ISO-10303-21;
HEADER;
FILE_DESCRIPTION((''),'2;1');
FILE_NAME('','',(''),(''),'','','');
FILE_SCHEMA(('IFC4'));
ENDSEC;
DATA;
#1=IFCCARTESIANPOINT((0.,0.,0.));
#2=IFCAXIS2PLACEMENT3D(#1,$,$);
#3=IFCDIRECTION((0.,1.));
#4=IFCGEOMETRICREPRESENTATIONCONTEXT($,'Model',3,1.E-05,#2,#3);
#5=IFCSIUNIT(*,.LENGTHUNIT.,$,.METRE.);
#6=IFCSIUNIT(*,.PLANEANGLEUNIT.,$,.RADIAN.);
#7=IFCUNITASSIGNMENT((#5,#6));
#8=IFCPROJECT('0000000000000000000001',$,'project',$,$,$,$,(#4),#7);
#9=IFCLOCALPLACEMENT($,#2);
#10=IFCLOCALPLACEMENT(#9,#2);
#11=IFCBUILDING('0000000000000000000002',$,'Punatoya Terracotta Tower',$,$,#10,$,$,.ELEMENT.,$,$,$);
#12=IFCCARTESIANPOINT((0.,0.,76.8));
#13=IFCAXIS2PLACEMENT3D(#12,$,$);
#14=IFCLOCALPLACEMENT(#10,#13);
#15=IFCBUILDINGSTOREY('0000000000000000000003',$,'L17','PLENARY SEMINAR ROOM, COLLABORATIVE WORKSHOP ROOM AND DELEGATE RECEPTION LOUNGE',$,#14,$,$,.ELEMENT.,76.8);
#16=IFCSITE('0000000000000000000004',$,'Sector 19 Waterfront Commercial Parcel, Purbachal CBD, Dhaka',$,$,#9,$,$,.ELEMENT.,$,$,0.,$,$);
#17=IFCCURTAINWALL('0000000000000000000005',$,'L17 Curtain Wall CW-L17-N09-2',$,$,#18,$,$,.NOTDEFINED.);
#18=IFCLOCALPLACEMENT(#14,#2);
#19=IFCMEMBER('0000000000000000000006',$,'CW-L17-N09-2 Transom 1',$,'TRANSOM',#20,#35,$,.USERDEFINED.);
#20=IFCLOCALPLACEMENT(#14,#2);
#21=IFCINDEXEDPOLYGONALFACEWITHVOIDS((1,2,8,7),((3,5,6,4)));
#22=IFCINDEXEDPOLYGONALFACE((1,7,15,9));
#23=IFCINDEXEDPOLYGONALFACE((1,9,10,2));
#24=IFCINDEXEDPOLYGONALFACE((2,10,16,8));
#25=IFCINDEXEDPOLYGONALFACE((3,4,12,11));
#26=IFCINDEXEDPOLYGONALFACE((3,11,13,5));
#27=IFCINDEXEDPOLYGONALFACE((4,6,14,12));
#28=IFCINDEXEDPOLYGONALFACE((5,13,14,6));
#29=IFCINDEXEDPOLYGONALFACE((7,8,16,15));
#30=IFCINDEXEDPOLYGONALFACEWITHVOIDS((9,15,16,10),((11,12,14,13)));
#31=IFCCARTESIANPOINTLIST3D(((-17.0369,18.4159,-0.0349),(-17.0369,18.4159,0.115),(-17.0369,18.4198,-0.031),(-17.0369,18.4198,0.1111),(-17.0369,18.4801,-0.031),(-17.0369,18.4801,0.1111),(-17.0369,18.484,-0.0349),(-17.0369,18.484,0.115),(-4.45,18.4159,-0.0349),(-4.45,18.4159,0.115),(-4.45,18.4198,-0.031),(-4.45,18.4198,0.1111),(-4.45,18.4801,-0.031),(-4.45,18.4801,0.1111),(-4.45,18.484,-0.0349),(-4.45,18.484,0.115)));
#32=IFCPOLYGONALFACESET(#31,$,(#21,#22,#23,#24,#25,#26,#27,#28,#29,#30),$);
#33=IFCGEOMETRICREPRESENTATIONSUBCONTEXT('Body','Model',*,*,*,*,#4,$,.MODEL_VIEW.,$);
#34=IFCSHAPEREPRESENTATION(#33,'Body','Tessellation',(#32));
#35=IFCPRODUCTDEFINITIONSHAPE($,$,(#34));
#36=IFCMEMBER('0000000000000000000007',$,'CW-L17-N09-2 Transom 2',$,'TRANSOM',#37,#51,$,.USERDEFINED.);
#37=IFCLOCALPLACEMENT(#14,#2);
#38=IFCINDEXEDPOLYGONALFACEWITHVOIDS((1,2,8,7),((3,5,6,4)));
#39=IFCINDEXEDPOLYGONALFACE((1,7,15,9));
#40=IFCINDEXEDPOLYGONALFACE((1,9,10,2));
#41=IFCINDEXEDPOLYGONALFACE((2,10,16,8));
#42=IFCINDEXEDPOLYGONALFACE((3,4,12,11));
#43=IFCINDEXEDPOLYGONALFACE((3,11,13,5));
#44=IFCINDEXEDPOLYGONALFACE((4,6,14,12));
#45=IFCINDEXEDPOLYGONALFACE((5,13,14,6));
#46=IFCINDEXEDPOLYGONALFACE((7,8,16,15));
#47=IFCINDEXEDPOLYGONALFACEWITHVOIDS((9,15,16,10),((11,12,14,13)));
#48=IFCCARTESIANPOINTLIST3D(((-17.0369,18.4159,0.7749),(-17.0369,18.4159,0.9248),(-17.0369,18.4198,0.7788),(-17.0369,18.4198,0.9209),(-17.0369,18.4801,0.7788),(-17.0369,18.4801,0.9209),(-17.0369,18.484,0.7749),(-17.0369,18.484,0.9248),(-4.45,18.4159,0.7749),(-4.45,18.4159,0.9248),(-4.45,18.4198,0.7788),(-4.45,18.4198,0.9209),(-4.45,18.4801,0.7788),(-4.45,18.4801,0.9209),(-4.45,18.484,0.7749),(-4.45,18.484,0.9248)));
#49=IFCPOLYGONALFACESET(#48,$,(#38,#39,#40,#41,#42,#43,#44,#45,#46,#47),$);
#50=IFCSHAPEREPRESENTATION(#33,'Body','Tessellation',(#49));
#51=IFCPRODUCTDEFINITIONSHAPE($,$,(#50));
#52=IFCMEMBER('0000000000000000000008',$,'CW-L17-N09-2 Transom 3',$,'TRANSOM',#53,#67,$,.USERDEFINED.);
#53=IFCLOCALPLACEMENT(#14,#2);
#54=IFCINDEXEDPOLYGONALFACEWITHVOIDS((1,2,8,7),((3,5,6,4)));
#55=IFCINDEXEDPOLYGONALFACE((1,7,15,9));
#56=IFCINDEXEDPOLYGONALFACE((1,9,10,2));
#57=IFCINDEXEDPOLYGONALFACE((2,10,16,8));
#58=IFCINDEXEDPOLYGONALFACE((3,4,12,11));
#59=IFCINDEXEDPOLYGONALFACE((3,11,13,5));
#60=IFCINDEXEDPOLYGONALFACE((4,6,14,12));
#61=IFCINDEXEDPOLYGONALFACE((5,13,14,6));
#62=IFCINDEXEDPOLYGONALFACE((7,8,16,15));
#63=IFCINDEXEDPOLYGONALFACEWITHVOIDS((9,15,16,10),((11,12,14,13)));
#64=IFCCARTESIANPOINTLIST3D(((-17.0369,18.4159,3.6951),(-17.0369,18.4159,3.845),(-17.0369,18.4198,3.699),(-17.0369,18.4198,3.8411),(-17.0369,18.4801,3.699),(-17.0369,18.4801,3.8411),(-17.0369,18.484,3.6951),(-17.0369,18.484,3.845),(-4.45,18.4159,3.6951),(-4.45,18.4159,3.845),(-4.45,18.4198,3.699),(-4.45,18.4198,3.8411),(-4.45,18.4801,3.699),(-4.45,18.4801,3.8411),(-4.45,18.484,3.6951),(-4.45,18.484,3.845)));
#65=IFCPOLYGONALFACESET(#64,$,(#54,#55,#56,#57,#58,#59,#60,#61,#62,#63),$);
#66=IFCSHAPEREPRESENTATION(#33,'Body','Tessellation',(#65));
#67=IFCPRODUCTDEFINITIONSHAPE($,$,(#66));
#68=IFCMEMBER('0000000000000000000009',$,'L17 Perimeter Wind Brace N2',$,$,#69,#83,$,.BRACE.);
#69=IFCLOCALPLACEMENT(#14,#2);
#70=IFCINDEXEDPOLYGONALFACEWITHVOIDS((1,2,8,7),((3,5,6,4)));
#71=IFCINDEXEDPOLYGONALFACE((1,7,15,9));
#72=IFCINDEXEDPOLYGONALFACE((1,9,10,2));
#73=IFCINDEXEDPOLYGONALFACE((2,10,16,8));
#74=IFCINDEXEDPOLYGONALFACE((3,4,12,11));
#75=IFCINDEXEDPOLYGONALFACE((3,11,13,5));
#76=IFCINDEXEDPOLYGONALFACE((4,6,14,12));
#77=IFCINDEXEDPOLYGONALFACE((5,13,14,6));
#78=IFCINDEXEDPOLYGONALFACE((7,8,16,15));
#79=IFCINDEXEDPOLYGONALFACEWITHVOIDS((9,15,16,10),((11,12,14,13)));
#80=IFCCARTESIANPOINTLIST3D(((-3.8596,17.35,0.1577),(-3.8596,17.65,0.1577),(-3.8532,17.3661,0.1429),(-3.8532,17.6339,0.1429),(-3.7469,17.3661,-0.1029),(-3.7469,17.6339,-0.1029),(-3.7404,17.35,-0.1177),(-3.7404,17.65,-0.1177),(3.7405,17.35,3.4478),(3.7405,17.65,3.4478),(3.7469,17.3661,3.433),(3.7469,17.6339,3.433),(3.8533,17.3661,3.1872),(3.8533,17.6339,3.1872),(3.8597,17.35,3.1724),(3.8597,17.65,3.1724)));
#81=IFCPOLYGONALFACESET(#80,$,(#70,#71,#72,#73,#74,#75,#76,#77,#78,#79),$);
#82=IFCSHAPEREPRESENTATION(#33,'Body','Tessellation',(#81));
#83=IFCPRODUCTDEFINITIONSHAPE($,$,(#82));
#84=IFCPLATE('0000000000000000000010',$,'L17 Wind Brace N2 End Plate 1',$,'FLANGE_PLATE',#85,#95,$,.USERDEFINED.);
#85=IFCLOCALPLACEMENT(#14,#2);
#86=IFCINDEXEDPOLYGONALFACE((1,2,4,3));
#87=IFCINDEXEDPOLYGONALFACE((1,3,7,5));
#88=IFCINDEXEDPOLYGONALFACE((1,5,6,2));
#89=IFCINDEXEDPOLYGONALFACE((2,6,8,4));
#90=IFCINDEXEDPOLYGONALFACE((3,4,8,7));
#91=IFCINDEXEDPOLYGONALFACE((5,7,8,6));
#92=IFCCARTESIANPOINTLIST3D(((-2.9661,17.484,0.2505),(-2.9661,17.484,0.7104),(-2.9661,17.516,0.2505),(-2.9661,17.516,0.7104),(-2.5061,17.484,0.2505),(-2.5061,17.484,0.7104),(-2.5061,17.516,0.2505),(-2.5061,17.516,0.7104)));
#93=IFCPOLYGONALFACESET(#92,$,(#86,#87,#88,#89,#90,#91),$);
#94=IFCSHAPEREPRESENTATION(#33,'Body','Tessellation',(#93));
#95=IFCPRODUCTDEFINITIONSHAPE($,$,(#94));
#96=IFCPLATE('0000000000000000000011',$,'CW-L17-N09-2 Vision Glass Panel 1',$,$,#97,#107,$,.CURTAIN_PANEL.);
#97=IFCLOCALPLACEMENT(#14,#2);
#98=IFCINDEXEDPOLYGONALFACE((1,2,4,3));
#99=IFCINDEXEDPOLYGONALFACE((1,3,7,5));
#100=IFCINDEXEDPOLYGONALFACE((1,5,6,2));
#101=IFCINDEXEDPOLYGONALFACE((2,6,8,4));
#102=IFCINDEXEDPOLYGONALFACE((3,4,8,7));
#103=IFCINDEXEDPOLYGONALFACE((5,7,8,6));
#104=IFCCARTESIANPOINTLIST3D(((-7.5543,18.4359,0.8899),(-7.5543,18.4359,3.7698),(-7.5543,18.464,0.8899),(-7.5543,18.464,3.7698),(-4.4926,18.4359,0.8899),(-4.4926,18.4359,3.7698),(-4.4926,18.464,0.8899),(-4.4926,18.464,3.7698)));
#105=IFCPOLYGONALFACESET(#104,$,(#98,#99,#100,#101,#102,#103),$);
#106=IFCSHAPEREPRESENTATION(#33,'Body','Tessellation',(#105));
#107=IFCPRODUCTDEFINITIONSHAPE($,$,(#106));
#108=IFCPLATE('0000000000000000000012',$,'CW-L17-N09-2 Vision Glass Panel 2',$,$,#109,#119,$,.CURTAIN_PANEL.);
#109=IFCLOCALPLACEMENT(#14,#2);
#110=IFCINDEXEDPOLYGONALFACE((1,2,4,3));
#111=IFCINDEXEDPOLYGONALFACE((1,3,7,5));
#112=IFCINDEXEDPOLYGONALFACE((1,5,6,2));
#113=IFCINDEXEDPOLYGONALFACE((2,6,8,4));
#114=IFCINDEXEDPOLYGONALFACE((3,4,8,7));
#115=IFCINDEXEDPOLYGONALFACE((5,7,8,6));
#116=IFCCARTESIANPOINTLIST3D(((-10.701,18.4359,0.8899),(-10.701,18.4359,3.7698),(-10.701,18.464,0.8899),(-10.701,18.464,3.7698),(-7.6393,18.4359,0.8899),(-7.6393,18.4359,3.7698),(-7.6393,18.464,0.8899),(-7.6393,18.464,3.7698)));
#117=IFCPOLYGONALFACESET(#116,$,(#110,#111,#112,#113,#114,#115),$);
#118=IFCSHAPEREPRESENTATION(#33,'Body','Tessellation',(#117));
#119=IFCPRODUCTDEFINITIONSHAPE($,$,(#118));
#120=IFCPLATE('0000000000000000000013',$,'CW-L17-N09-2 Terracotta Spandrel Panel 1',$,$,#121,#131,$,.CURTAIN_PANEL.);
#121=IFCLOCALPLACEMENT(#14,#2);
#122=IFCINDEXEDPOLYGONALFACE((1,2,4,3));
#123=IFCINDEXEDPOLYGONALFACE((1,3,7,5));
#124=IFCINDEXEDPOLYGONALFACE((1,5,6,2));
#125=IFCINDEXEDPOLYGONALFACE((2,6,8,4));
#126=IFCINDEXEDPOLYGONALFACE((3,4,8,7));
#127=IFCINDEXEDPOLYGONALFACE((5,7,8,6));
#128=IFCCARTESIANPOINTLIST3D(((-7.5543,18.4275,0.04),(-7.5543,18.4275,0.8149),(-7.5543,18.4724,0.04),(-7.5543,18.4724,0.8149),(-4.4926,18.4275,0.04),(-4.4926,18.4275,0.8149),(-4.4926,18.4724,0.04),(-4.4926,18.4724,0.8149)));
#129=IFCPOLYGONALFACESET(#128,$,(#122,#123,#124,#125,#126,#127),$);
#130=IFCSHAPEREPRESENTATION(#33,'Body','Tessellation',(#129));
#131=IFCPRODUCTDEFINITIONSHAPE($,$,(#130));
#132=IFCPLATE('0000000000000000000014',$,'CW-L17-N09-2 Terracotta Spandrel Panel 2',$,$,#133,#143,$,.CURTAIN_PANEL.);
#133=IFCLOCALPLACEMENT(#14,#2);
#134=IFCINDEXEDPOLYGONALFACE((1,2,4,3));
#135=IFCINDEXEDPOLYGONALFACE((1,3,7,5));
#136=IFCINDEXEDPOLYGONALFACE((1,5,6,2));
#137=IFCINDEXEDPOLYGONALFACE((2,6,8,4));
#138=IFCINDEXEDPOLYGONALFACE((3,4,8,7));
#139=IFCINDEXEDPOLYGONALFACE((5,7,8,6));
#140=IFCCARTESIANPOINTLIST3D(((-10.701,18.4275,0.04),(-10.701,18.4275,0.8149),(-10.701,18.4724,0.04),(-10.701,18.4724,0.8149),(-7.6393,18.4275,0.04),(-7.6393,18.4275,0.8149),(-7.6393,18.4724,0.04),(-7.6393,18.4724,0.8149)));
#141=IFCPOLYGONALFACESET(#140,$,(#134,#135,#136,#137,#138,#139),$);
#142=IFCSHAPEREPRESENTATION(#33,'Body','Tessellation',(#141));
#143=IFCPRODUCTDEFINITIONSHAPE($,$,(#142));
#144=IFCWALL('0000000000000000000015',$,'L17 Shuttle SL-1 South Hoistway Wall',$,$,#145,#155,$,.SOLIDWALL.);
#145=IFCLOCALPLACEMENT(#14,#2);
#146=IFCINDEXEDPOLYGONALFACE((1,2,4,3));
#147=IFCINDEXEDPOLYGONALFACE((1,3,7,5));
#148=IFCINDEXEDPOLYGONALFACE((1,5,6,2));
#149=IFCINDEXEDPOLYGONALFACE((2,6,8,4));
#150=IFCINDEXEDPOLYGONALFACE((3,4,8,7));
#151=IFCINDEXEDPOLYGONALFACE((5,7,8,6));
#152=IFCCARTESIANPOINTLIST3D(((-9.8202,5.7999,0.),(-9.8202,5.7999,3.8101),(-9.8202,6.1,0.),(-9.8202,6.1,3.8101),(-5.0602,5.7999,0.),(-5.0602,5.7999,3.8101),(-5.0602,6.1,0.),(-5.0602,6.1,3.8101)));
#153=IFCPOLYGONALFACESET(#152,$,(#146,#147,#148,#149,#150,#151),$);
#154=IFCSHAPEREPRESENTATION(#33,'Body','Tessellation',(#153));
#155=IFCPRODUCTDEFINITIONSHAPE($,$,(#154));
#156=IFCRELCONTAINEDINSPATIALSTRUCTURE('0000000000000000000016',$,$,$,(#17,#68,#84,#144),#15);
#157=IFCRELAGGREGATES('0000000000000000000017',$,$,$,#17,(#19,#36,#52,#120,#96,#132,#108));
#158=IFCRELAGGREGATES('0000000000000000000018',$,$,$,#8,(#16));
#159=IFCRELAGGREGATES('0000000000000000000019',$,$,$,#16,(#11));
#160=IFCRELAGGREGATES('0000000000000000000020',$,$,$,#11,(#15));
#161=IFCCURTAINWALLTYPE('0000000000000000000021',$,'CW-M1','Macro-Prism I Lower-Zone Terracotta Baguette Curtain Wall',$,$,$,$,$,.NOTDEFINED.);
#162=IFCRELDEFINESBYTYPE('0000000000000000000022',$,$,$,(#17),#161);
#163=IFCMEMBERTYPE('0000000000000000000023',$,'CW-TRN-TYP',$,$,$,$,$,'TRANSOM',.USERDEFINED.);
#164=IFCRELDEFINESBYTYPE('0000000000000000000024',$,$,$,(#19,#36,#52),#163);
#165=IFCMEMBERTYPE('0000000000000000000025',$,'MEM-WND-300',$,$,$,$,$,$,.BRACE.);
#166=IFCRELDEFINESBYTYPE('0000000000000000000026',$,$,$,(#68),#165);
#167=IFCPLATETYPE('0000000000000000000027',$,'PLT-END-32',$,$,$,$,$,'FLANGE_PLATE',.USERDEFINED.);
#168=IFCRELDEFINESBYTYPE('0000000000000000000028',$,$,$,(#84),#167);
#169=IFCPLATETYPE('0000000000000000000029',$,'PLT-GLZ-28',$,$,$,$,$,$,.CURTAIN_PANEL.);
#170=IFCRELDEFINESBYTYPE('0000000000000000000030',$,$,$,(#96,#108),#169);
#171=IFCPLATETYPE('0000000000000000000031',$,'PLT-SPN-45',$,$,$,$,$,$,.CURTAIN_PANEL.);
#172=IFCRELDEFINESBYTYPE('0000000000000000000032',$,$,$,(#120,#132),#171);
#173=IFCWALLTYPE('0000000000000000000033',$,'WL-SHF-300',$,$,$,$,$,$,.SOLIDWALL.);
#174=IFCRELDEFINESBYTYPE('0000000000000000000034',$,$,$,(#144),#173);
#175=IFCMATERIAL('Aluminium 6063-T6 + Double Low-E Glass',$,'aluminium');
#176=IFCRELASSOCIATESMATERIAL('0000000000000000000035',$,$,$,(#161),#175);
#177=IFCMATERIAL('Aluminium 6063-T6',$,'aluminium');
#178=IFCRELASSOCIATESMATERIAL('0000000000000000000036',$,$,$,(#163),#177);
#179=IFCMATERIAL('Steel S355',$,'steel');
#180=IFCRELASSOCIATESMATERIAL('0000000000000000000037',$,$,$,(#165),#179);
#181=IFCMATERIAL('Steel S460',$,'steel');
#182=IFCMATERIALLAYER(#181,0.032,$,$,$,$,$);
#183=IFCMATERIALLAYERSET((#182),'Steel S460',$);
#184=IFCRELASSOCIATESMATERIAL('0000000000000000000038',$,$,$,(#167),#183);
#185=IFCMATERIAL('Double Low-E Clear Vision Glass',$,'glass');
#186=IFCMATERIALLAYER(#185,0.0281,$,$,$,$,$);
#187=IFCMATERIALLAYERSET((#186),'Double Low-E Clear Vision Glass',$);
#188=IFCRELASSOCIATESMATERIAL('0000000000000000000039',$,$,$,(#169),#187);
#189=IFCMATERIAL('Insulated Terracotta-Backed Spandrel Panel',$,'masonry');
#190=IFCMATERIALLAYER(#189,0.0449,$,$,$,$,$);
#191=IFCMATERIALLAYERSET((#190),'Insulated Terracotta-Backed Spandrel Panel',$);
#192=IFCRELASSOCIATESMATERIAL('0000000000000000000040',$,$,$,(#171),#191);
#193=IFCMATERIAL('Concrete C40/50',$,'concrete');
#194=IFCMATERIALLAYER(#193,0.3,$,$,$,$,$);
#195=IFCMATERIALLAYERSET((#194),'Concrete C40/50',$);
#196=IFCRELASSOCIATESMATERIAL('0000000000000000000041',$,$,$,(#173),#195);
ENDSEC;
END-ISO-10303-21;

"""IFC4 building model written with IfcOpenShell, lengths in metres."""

from ifc_helpers import new_model, si_unit, direction, frame, frame_2d, origin, origin_2d, place, context, subcontext, project, spatial, rectangle, hollow_rectangle, extrude, material, layer, layer_set, material_profile, profile_set, type_object, element, aggregate, save


model = new_model("IFC4")

# Units and contexts
model_context = context("Model", 3, precision=1e-05, world=origin(), true_north=direction((0.0, 1.0)))
body_context = subcontext(model_context, "Body", "Model", "MODEL_VIEW")
ifc_project = project(units=[si_unit("LENGTHUNIT", "METRE"), si_unit("PLANEANGLEUNIT", "RADIAN")], contexts=[model_context])

# Site, building, storey
site_placement = place(None, origin())
site = spatial("IfcSite", under=ifc_project, at=site_placement, Name="Sector 19 Waterfront Commercial Parcel, Purbachal CBD, Dhaka", CompositionType="ELEMENT", RefElevation=0.0)
building_placement = place(site_placement, origin())
building = spatial("IfcBuilding", under=site, at=building_placement, Name="Punatoya Terracotta Tower", CompositionType="ELEMENT")
storey_placement = place(building_placement, frame((0.0, 0.0, 76.8)))
storey = spatial("IfcBuildingStorey", under=building, at=storey_placement, Name="L17", Description="PLENARY SEMINAR ROOM, COLLABORATIVE WORKSHOP ROOM AND DELEGATE RECEPTION LOUNGE", CompositionType="ELEMENT", Elevation=76.8)

# Shared definitions
ifc_material_1 = material(Name="Steel S460", Category="steel")

# Shared definitions
ifc_material_2 = material(Name="Steel S355", Category="steel")

# Curtain wall, members
ifc_material_3 = material(Name="Aluminium 6063-T6 + Double Low-E Glass", Category="aluminium")
curtain_wall_type = type_object("IfcCurtainWallType", Name="CW-M1", Description="Macro-Prism I Lower-Zone Terracotta Baguette Curtain Wall", PredefinedType="NOTDEFINED", material=ifc_material_3)
curtain_wall_placement = place(storey_placement, origin())
curtain_wall = element("IfcCurtainWall", 1, at=curtain_wall_placement, inside=storey, type_object=curtain_wall_type, Name="L17 Curtain Wall CW-L17-N09-2", PredefinedType="NOTDEFINED")
ifc_material_4 = material(Name="Aluminium 6063-T6", Category="aluminium")
ifc_material_profile_1 = material_profile(ifc_material_4, hollow_rectangle(XDim=0.0681, YDim=0.1499, WallThickness=0.0039, at=origin_2d()))
ifc_profile_set_1 = profile_set([ifc_material_profile_1], Name="Aluminium 6063-T6")
member_type_1 = type_object("IfcMemberType", Name="CW-TRN-TYP", ElementType="TRANSOM", PredefinedType="USERDEFINED", material=ifc_profile_set_1)
member_1_placement = place(storey_placement, frame((-4.45, 18.45, 0.04), z_axis=(-1.0, 0.0, 0.0), x_axis=(0.0, -1.0, 0.0)))
member_1 = element("IfcMember", 2, at=member_1_placement, type_object=member_type_1, Name="CW-L17-N09-2 Transom 1", ObjectType="TRANSOM", PredefinedType="USERDEFINED", context=body_context, shape_type="SweptSolid", body=[
    extrude(hollow_rectangle(XDim=0.0681, YDim=0.1499, WallThickness=0.0039, at=origin_2d()), origin(), (0.0, 0.0, 1.0), 12.5869),
])
member_2_placement = place(storey_placement, frame((-4.45, 18.45, 0.8499), z_axis=(-1.0, 0.0, 0.0), x_axis=(0.0, -1.0, 0.0)))
member_2 = element("IfcMember", 3, at=member_2_placement, type_object=member_type_1, Name="CW-L17-N09-2 Transom 2", ObjectType="TRANSOM", PredefinedType="USERDEFINED", context=body_context, shape_type="SweptSolid", body=[
    extrude(hollow_rectangle(XDim=0.0681, YDim=0.1499, WallThickness=0.0039, at=origin_2d()), origin(), (0.0, 0.0, 1.0), 12.5869),
])
member_3_placement = place(storey_placement, frame((-4.45, 18.45, 3.77), z_axis=(-1.0, 0.0, 0.0), x_axis=(0.0, -1.0, 0.0)))
member_3 = element("IfcMember", 4, at=member_3_placement, type_object=member_type_1, Name="CW-L17-N09-2 Transom 3", ObjectType="TRANSOM", PredefinedType="USERDEFINED", context=body_context, shape_type="SweptSolid", body=[
    extrude(hollow_rectangle(XDim=0.0681, YDim=0.1499, WallThickness=0.0039, at=origin_2d()), origin(), (0.0, 0.0, 1.0), 12.5869),
])

# Member
ifc_material_profile_2 = material_profile(ifc_material_2, hollow_rectangle(XDim=0.3, YDim=0.3, WallThickness=0.0161, at=origin_2d()))
ifc_profile_set_2 = profile_set([ifc_material_profile_2], Name="Steel S355")
member_type_2 = type_object("IfcMemberType", Name="MEM-WND-300", PredefinedType="BRACE", material=ifc_profile_set_2)
member_4_placement = place(storey_placement, frame((-3.8, 17.5, 0.02), z_axis=(0.917703, 0.0, 0.397268), x_axis=(0.0, 1.0, 0.0)))
element("IfcMember", 5, at=member_4_placement, inside=storey, type_object=member_type_2, Name="L17 Perimeter Wind Brace N2", PredefinedType="BRACE", context=body_context, shape_type="SweptSolid", body=[
    extrude(hollow_rectangle(XDim=0.3, YDim=0.3, WallThickness=0.0161, at=origin_2d()), origin(), (0.0, 0.0, 1.0), 8.2817),
])

# Plates
ifc_layer_1 = layer(ifc_material_1, 0.032)
ifc_layer_set_1 = layer_set([ifc_layer_1], Name="Steel S460")
plate_type_1 = type_object("IfcPlateType", Name="PLT-END-32", ElementType="FLANGE_PLATE", PredefinedType="USERDEFINED", material=ifc_layer_set_1)
plate_1_placement = place(storey_placement, frame((-2.7361, 17.5, 0.2505), z_axis=(0.0, 0.0, 1.0), x_axis=(1.0, 0.0, 0.0)))
element("IfcPlate", 6, at=plate_1_placement, inside=storey, type_object=plate_type_1, Name="L17 Wind Brace N2 End Plate 1", ObjectType="FLANGE_PLATE", PredefinedType="USERDEFINED", context=body_context, shape_type="SweptSolid", body=[
    extrude(rectangle(XDim=0.46, YDim=0.032, at=origin_2d()), origin(), (0.0, 0.0, 1.0), 0.46),
])
ifc_material_5 = material(Name="Double Low-E Clear Vision Glass", Category="glass")
ifc_layer_2 = layer(ifc_material_5, 0.0281)
ifc_layer_set_2 = layer_set([ifc_layer_2], Name="Double Low-E Clear Vision Glass")
plate_type_2 = type_object("IfcPlateType", Name="PLT-GLZ-28", PredefinedType="CURTAIN_PANEL", material=ifc_layer_set_2)
plate_2_placement = place(storey_placement, frame((-6.0234, 18.45, 0.8899), z_axis=(0.0, 0.0, 1.0), x_axis=(-1.0, 0.0, 0.0)))
plate_2 = element("IfcPlate", 7, at=plate_2_placement, type_object=plate_type_2, Name="CW-L17-N09-2 Vision Glass Panel 1", PredefinedType="CURTAIN_PANEL", context=body_context, shape_type="SweptSolid", body=[
    extrude(rectangle(XDim=3.0618, YDim=0.0281, at=origin_2d()), origin(), (0.0, 0.0, 1.0), 2.8799),
])
plate_3_placement = place(storey_placement, frame((-9.1702, 18.45, 0.8899), z_axis=(0.0, 0.0, 1.0), x_axis=(-1.0, 0.0, 0.0)))
plate_3 = element("IfcPlate", 8, at=plate_3_placement, type_object=plate_type_2, Name="CW-L17-N09-2 Vision Glass Panel 2", PredefinedType="CURTAIN_PANEL", context=body_context, shape_type="SweptSolid", body=[
    extrude(rectangle(XDim=3.0618, YDim=0.0281, at=origin_2d()), origin(), (0.0, 0.0, 1.0), 2.8799),
])
ifc_material_6 = material(Name="Insulated Terracotta-Backed Spandrel Panel", Category="masonry")
ifc_layer_3 = layer(ifc_material_6, 0.0449)
ifc_layer_set_3 = layer_set([ifc_layer_3], Name="Insulated Terracotta-Backed Spandrel Panel")
plate_type_3 = type_object("IfcPlateType", Name="PLT-SPN-45", PredefinedType="CURTAIN_PANEL", material=ifc_layer_set_3)
plate_4_placement = place(storey_placement, frame((-6.0234, 18.45, 0.04), z_axis=(0.0, 0.0, 1.0), x_axis=(-1.0, 0.0, 0.0)))
plate_4 = element("IfcPlate", 9, at=plate_4_placement, type_object=plate_type_3, Name="CW-L17-N09-2 Terracotta Spandrel Panel 1", PredefinedType="CURTAIN_PANEL", context=body_context, shape_type="SweptSolid", body=[
    extrude(rectangle(XDim=3.0618, YDim=0.0449, at=origin_2d()), origin(), (0.0, 0.0, 1.0), 0.7749),
])
plate_5_placement = place(storey_placement, frame((-9.1702, 18.45, 0.04), z_axis=(0.0, 0.0, 1.0), x_axis=(-1.0, 0.0, 0.0)))
plate_5 = element("IfcPlate", 10, at=plate_5_placement, type_object=plate_type_3, Name="CW-L17-N09-2 Terracotta Spandrel Panel 2", PredefinedType="CURTAIN_PANEL", context=body_context, shape_type="SweptSolid", body=[
    extrude(rectangle(XDim=3.0618, YDim=0.0449, at=origin_2d()), origin(), (0.0, 0.0, 1.0), 0.7749),
])
aggregate(curtain_wall, [member_1, member_2, member_3, plate_4, plate_2, plate_5, plate_3])

# Wall
ifc_material_7 = material(Name="Concrete C40/50", Category="concrete")
ifc_layer_4 = layer(ifc_material_7, 0.3)
ifc_layer_set_4 = layer_set([ifc_layer_4], Name="Concrete C40/50")
wall_type = type_object("IfcWallType", Name="WL-SHF-300", PredefinedType="SOLIDWALL", material=ifc_layer_set_4)
wall_placement = place(storey_placement, frame((-9.8201, 5.95, 0.0), z_axis=(0.0, 0.0, 1.0), x_axis=(1.0, 0.0, 0.0)))
element("IfcWall", 11, at=wall_placement, inside=storey, type_object=wall_type, Name="L17 Shuttle SL-1 South Hoistway Wall", PredefinedType="SOLIDWALL", context=body_context, shape_type="SweptSolid", body=[
    extrude(rectangle(XDim=4.76, YDim=0.3, at=frame_2d((2.3799, 0.0))), origin(), (0.0, 0.0, 1.0), 3.8101),
])

save(model, "model.ifc")
